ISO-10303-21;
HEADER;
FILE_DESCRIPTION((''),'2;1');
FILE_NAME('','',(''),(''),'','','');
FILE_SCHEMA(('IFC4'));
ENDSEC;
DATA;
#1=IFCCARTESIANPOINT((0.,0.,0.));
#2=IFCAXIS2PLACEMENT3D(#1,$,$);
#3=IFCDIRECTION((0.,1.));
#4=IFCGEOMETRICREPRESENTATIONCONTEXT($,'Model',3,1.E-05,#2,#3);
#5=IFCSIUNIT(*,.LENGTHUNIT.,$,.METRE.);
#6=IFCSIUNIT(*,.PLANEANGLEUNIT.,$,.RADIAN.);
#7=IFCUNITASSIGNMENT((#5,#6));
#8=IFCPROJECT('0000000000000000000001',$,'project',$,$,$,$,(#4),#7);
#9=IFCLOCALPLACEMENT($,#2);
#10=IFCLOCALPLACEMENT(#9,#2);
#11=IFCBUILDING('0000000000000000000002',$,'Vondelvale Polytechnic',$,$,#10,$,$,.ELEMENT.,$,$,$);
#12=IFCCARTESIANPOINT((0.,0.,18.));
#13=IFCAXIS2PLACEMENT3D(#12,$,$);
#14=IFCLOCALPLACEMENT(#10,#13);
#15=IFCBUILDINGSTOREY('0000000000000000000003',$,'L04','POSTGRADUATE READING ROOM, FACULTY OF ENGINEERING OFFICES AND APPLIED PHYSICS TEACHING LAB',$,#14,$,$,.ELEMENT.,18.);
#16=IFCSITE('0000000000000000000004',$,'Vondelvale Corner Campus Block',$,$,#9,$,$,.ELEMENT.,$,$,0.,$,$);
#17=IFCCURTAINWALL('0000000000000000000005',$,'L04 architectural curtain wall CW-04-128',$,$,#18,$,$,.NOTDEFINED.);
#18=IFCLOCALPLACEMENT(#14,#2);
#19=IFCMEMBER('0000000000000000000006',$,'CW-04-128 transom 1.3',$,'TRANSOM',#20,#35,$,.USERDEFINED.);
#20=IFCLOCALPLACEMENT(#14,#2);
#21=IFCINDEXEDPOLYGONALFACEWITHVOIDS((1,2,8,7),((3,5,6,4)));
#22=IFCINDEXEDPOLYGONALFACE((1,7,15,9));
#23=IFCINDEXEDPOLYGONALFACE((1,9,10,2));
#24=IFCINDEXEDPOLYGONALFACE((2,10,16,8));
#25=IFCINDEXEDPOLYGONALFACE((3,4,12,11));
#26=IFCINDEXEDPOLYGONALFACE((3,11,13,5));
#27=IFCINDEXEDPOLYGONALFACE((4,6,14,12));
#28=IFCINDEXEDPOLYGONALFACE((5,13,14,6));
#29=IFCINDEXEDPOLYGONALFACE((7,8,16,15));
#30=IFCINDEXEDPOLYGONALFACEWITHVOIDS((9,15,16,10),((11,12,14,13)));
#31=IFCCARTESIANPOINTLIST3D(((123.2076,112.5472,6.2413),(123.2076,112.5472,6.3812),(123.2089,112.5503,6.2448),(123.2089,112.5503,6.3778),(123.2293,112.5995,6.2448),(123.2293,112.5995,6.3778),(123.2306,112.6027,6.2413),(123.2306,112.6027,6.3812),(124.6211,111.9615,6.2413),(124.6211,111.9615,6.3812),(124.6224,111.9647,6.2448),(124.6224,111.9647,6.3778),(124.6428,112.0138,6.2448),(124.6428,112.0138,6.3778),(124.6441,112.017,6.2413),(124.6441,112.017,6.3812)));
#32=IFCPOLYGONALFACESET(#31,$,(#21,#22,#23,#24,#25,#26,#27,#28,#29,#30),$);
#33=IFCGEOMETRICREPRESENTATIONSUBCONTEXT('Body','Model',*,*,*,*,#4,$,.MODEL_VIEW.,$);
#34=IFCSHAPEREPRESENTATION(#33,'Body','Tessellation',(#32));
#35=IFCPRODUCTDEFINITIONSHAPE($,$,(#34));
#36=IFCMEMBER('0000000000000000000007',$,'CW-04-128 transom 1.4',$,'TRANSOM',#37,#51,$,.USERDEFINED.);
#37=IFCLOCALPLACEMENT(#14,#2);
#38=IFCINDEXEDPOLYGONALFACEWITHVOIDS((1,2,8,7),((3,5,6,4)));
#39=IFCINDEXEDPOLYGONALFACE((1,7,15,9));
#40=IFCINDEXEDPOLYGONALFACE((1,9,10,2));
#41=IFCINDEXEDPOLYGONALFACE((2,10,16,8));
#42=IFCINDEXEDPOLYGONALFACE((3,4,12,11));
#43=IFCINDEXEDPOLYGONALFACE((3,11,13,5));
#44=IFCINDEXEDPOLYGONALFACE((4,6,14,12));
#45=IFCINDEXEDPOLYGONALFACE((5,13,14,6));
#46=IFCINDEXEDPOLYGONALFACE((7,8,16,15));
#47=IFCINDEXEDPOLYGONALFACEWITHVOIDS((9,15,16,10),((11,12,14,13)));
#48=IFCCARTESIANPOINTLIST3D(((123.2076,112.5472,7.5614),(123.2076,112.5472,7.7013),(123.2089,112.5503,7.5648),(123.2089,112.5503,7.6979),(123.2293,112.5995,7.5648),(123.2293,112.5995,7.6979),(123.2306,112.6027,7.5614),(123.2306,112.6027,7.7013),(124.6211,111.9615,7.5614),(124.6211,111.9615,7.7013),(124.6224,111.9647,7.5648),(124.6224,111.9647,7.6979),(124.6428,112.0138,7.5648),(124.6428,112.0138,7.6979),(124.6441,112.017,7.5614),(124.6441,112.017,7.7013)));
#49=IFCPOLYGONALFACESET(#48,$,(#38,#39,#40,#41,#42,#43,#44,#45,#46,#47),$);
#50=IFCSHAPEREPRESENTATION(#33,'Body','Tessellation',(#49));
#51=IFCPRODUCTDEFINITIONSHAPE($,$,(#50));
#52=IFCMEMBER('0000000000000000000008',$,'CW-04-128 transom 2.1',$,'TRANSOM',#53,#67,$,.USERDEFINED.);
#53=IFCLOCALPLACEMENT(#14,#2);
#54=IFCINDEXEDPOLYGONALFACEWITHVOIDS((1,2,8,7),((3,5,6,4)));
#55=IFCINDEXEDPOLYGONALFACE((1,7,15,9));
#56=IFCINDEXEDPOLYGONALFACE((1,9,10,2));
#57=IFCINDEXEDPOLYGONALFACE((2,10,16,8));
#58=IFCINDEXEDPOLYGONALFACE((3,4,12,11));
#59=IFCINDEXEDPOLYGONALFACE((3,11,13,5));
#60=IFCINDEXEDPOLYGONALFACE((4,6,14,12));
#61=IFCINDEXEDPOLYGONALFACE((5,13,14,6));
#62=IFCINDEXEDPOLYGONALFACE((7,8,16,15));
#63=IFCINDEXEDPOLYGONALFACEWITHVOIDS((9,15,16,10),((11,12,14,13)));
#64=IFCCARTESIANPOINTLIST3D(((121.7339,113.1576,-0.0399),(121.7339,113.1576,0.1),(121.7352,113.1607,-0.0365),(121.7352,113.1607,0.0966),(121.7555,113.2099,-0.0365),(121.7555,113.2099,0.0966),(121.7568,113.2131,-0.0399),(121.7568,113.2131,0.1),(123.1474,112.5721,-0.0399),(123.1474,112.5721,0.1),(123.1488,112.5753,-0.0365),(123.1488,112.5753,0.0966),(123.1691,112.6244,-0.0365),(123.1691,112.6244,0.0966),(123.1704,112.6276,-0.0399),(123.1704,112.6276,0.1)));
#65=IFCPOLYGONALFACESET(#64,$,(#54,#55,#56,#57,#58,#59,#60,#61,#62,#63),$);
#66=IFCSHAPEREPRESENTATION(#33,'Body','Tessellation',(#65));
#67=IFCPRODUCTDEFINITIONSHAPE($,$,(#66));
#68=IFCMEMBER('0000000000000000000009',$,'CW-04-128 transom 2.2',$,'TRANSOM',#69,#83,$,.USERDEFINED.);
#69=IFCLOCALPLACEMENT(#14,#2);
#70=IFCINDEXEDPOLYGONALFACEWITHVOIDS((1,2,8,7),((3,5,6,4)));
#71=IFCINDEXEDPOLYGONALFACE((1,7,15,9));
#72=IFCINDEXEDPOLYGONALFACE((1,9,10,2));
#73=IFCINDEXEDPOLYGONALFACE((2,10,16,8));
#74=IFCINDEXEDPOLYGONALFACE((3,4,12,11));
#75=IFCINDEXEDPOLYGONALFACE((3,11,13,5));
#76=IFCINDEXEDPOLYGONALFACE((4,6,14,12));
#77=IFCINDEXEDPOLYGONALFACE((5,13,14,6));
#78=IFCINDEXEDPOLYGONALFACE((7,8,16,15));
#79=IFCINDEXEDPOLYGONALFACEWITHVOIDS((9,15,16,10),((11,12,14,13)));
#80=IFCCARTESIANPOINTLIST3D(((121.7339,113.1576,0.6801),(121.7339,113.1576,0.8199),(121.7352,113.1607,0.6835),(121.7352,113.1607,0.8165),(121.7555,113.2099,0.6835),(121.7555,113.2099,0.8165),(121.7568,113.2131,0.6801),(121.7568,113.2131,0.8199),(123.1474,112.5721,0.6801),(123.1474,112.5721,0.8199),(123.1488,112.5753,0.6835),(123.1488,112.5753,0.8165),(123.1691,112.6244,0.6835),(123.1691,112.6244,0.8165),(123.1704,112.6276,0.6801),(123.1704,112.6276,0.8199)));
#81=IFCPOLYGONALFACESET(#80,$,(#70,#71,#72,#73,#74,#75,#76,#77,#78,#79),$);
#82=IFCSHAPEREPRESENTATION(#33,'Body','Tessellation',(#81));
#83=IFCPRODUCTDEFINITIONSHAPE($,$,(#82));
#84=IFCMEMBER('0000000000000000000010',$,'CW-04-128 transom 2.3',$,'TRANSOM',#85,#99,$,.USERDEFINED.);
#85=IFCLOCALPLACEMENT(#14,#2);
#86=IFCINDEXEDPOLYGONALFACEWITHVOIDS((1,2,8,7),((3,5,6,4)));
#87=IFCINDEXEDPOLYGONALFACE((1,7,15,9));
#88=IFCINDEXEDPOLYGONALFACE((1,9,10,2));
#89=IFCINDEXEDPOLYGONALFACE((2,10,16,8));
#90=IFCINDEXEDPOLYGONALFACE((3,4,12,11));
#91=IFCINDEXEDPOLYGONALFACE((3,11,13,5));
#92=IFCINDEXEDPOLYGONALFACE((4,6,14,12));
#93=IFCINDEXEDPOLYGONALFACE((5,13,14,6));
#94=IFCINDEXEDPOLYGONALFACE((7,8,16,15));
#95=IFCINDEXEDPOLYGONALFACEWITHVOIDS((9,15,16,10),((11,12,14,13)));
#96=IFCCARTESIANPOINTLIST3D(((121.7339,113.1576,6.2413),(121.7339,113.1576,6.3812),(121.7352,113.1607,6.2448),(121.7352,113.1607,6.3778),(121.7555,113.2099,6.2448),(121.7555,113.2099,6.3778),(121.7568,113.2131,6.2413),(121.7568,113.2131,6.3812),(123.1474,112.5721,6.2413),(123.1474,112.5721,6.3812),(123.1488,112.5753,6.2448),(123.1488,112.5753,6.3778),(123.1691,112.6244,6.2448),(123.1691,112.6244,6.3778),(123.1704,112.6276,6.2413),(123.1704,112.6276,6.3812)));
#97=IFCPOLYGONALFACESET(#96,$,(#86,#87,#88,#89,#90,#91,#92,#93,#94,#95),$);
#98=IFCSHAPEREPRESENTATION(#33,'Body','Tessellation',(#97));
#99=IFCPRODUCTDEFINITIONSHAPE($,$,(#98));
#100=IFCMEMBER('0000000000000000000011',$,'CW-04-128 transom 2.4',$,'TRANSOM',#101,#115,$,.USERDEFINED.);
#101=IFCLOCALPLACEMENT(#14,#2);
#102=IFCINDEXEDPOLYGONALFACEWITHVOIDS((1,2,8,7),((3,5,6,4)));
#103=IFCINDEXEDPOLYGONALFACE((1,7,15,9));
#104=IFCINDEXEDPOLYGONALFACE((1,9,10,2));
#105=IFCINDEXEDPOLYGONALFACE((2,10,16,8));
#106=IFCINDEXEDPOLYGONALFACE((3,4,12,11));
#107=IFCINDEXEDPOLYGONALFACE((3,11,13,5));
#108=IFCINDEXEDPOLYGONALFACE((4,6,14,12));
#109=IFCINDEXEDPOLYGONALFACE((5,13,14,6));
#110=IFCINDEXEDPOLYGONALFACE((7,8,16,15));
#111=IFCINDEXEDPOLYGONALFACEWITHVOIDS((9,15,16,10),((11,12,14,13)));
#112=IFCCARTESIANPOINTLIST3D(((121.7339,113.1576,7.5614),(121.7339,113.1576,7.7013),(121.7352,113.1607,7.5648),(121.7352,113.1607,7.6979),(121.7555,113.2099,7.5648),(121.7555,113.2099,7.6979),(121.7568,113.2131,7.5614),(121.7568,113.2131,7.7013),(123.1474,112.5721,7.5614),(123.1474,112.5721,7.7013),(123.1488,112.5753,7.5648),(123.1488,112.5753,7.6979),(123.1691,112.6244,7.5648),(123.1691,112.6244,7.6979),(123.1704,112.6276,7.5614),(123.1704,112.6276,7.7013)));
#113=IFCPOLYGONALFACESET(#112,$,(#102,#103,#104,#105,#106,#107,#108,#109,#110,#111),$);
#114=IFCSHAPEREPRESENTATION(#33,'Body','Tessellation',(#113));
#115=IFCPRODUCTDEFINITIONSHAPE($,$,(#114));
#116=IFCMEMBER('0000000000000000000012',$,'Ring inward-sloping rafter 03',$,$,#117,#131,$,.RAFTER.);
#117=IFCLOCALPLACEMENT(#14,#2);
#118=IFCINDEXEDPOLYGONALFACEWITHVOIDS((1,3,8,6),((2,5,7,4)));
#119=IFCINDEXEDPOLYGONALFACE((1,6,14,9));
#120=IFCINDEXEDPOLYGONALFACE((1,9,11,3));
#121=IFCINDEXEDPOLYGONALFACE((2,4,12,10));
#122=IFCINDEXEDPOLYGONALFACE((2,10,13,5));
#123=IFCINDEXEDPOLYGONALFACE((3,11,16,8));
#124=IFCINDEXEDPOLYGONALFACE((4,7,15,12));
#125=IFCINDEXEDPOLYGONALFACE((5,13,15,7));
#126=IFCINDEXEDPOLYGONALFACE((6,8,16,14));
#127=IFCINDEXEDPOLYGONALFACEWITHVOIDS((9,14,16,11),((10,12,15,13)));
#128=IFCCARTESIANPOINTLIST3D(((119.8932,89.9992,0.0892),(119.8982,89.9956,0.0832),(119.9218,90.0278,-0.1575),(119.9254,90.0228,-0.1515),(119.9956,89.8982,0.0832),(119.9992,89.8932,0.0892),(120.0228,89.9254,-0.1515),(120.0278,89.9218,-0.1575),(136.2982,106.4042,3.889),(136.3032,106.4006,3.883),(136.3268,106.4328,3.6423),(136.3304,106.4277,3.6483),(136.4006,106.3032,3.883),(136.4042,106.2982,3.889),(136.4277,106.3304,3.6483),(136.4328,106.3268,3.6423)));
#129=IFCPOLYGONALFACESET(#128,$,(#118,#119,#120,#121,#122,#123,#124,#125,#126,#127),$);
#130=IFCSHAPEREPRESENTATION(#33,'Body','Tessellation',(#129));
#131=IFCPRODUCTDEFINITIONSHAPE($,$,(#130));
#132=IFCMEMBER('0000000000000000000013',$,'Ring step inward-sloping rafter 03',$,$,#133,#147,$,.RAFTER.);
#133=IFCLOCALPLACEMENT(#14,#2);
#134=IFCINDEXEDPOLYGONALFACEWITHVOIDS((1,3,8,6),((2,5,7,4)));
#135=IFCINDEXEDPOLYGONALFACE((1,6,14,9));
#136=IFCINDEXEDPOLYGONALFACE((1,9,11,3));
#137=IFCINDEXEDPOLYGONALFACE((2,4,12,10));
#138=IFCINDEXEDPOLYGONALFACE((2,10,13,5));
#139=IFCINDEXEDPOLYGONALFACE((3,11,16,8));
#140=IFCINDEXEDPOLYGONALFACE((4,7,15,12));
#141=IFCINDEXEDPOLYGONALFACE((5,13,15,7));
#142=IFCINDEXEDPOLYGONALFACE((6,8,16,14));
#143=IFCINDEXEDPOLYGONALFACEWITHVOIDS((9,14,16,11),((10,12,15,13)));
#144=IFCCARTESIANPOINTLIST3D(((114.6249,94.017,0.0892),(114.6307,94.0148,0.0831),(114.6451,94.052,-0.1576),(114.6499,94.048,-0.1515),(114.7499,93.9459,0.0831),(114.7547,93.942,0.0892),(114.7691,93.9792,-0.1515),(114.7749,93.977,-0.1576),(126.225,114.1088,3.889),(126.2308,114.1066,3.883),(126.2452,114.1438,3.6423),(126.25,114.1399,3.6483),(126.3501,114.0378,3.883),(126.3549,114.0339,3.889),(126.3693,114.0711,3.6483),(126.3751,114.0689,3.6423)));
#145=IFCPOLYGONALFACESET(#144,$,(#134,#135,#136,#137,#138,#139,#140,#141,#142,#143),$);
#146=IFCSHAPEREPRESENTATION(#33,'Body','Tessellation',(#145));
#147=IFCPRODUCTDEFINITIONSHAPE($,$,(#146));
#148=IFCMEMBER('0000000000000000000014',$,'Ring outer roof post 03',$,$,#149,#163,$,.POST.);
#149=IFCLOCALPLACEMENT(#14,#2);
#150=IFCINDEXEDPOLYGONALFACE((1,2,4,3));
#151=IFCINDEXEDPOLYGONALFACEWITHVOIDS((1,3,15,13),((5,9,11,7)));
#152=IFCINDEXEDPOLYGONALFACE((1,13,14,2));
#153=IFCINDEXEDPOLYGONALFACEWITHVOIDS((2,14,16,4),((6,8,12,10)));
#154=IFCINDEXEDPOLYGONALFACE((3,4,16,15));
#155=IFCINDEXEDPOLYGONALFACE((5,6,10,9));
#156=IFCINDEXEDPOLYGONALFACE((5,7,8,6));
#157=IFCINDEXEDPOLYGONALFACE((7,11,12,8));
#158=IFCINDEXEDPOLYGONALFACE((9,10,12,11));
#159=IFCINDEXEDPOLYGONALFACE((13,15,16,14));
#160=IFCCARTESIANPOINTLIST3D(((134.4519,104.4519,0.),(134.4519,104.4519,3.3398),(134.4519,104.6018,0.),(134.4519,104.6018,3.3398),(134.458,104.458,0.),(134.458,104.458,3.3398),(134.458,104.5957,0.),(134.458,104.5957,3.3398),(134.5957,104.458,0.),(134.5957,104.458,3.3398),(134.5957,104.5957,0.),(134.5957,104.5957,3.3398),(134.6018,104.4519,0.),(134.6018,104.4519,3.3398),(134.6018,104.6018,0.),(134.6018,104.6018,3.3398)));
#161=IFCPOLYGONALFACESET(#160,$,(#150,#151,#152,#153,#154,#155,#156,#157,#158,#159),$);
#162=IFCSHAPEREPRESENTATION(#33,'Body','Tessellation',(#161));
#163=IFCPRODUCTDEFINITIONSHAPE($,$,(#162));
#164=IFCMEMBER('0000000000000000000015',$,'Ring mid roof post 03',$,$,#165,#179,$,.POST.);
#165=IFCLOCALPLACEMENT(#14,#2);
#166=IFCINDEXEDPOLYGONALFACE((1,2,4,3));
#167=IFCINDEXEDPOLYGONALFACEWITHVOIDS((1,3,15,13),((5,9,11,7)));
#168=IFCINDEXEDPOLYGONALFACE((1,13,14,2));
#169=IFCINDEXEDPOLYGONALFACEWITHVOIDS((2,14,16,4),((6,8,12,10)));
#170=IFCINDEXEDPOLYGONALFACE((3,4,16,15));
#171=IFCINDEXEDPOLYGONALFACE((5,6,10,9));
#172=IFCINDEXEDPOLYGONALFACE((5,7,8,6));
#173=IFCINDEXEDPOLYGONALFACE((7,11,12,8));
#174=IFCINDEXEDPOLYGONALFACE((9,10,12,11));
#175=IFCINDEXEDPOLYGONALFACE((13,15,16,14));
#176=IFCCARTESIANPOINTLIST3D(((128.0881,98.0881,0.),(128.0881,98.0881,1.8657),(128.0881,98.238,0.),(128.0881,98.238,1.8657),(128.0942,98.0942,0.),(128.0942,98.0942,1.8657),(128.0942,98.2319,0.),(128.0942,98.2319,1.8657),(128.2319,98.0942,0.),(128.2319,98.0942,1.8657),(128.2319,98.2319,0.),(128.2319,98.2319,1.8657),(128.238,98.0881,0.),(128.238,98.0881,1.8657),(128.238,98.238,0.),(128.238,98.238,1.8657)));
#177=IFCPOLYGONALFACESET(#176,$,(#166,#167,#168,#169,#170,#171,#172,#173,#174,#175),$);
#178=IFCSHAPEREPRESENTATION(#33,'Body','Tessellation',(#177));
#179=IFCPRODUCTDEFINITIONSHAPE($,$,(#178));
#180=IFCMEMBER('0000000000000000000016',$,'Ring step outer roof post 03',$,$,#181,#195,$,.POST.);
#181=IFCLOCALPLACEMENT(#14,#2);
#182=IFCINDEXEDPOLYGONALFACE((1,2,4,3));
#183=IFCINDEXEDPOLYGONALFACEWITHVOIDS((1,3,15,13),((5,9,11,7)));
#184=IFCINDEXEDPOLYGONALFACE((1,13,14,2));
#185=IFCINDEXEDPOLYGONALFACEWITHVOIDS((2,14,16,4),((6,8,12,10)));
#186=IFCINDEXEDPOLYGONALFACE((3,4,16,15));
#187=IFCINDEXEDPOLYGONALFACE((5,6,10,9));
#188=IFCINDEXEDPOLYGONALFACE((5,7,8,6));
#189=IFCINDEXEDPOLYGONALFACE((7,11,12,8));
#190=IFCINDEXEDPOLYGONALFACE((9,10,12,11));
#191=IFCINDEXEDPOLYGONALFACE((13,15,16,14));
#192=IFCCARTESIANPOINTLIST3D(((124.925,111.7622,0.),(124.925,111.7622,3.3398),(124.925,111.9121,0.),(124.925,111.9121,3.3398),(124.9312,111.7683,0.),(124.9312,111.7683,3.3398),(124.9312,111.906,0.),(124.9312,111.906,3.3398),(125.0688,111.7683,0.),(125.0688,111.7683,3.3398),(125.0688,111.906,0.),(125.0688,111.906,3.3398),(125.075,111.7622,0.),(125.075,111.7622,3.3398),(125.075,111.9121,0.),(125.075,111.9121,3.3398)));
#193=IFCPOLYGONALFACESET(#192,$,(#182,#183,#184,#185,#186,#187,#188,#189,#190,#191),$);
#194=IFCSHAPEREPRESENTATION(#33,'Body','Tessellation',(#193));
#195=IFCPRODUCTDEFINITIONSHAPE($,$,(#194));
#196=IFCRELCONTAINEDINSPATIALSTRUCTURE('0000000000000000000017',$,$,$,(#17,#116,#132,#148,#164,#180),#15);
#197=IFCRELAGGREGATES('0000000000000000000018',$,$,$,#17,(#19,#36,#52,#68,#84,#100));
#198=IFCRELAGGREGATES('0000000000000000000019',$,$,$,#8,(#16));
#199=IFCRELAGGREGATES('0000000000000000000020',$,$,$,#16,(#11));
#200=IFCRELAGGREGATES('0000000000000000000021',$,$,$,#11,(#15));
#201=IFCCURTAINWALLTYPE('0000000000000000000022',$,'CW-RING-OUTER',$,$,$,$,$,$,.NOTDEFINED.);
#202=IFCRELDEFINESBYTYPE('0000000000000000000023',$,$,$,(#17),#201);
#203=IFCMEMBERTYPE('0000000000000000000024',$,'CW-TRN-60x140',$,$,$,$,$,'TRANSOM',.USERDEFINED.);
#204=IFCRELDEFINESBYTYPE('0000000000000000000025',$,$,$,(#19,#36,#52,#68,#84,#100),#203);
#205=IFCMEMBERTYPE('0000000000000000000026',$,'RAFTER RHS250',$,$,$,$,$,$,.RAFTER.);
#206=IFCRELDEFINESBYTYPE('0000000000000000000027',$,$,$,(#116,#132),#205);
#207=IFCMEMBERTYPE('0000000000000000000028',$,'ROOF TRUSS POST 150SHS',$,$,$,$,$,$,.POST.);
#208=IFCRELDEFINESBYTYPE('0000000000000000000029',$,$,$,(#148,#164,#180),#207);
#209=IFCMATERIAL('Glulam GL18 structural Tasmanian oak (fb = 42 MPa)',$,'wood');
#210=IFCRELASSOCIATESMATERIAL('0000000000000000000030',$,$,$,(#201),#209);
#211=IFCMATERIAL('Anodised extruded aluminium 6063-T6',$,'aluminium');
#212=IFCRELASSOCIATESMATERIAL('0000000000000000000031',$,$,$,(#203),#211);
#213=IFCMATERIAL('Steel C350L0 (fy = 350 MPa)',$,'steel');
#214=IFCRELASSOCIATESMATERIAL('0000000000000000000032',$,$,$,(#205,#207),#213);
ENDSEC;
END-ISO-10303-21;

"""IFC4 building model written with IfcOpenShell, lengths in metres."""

from ifc_helpers import new_model, si_unit, direction, frame, origin, origin_2d, place, context, subcontext, project, spatial, hollow_rectangle, extrude, material, material_profile, profile_set, type_object, element, aggregate, save


model = new_model("IFC4")

# Units and contexts
model_context = context("Model", 3, precision=1e-05, world=origin(), true_north=direction((0.0, 1.0)))
body_context = subcontext(model_context, "Body", "Model", "MODEL_VIEW")
ifc_project = project(units=[si_unit("LENGTHUNIT", "METRE"), si_unit("PLANEANGLEUNIT", "RADIAN")], contexts=[model_context])

# Site, building, storey
site_placement = place(None, origin())
site = spatial("IfcSite", under=ifc_project, at=site_placement, Name="Vondelvale Corner Campus Block", CompositionType="ELEMENT", RefElevation=0.0)
building_placement = place(site_placement, origin())
building = spatial("IfcBuilding", under=site, at=building_placement, Name="Vondelvale Polytechnic", CompositionType="ELEMENT")
storey_placement = place(building_placement, frame((0.0, 0.0, 18.0)))
storey = spatial("IfcBuildingStorey", under=building, at=storey_placement, Name="L04", Description="POSTGRADUATE READING ROOM, FACULTY OF ENGINEERING OFFICES AND APPLIED PHYSICS TEACHING LAB", CompositionType="ELEMENT", Elevation=18.0)

# Curtain wall, members
ifc_material_1 = material(Name="Glulam GL18 structural Tasmanian oak (fb = 42 MPa)", Category="wood")
curtain_wall_type = type_object("IfcCurtainWallType", Name="CW-RING-OUTER", PredefinedType="NOTDEFINED", material=ifc_material_1)
curtain_wall_placement = place(storey_placement, origin())
curtain_wall = element("IfcCurtainWall", 1, at=curtain_wall_placement, inside=storey, type_object=curtain_wall_type, Name="L04 architectural curtain wall CW-04-128", PredefinedType="NOTDEFINED")
ifc_material_2 = material(Name="Anodised extruded aluminium 6063-T6", Category="aluminium")
ifc_material_profile_1 = material_profile(ifc_material_2, hollow_rectangle(XDim=0.0601, YDim=0.1399, WallThickness=0.0034, at=origin_2d()), Name="CW-TRN-140x60")
ifc_profile_set_1 = profile_set([ifc_material_profile_1], Name="Anodised extruded aluminium 6063-T6")
member_type_1 = type_object("IfcMemberType", Name="CW-TRN-60x140", ElementType="TRANSOM", PredefinedType="USERDEFINED", material=ifc_profile_set_1)
member_1_placement = place(storey_placement, frame((124.6326, 111.9893, 6.3113), z_axis=(-0.92384, 0.382779, 0.0), x_axis=(-0.382779, -0.92384, 0.0)))
member_1 = element("IfcMember", 2, at=member_1_placement, type_object=member_type_1, Name="CW-04-128 transom 1.3", ObjectType="TRANSOM", PredefinedType="USERDEFINED", context=body_context, shape_type="SweptSolid", body=[
    extrude(hollow_rectangle(XDim=0.0601, YDim=0.1399, WallThickness=0.0034, at=origin_2d()), origin(), (0.0, 0.0, 1.0), 1.53),
])
member_2_placement = place(storey_placement, frame((124.6326, 111.9893, 7.6313), z_axis=(-0.92384, 0.382779, 0.0), x_axis=(-0.382779, -0.92384, 0.0)))
member_2 = element("IfcMember", 3, at=member_2_placement, type_object=member_type_1, Name="CW-04-128 transom 1.4", ObjectType="TRANSOM", PredefinedType="USERDEFINED", context=body_context, shape_type="SweptSolid", body=[
    extrude(hollow_rectangle(XDim=0.0601, YDim=0.1399, WallThickness=0.0034, at=origin_2d()), origin(), (0.0, 0.0, 1.0), 1.53),
])
member_3_placement = place(storey_placement, frame((123.1589, 112.5999, 0.03), z_axis=(-0.923896, 0.382643, 0.0), x_axis=(-0.382643, -0.923896, 0.0)))
member_3 = element("IfcMember", 4, at=member_3_placement, type_object=member_type_1, Name="CW-04-128 transom 2.1", ObjectType="TRANSOM", PredefinedType="USERDEFINED", context=body_context, shape_type="SweptSolid", body=[
    extrude(hollow_rectangle(XDim=0.0601, YDim=0.1399, WallThickness=0.0034, at=origin_2d()), origin(), (0.0, 0.0, 1.0), 1.53),
])
member_4_placement = place(storey_placement, frame((123.1589, 112.5999, 0.75), z_axis=(-0.923896, 0.382643, 0.0), x_axis=(-0.382643, -0.923896, 0.0)))
member_4 = element("IfcMember", 5, at=member_4_placement, type_object=member_type_1, Name="CW-04-128 transom 2.2", ObjectType="TRANSOM", PredefinedType="USERDEFINED", context=body_context, shape_type="SweptSolid", body=[
    extrude(hollow_rectangle(XDim=0.0601, YDim=0.1399, WallThickness=0.0034, at=origin_2d()), origin(), (0.0, 0.0, 1.0), 1.53),
])
member_5_placement = place(storey_placement, frame((123.1589, 112.5999, 6.3113), z_axis=(-0.923896, 0.382643, 0.0), x_axis=(-0.382643, -0.923896, 0.0)))
member_5 = element("IfcMember", 6, at=member_5_placement, type_object=member_type_1, Name="CW-04-128 transom 2.3", ObjectType="TRANSOM", PredefinedType="USERDEFINED", context=body_context, shape_type="SweptSolid", body=[
    extrude(hollow_rectangle(XDim=0.0601, YDim=0.1399, WallThickness=0.0034, at=origin_2d()), origin(), (0.0, 0.0, 1.0), 1.53),
])
member_6_placement = place(storey_placement, frame((123.1589, 112.5999, 7.6313), z_axis=(-0.923896, 0.382643, 0.0), x_axis=(-0.382643, -0.923896, 0.0)))
member_6 = element("IfcMember", 7, at=member_6_placement, type_object=member_type_1, Name="CW-04-128 transom 2.4", ObjectType="TRANSOM", PredefinedType="USERDEFINED", context=body_context, shape_type="SweptSolid", body=[
    extrude(hollow_rectangle(XDim=0.0601, YDim=0.1399, WallThickness=0.0034, at=origin_2d()), origin(), (0.0, 0.0, 1.0), 1.53),
])

# Members
ifc_material_3 = material(Name="Steel C350L0 (fy = 350 MPa)", Category="steel")
ifc_material_profile_2 = material_profile(ifc_material_3, hollow_rectangle(XDim=0.1499, YDim=0.25, WallThickness=0.0061, at=origin_2d()), Name="250x150x6.0RHS")
ifc_profile_set_2 = profile_set([ifc_material_profile_2], Name="Steel C350L0 (fy = 350 MPa)")
member_type_2 = type_object("IfcMemberType", Name="RAFTER RHS250", PredefinedType="RAFTER", material=ifc_profile_set_2)
for number, where, z_axis, x_axis, name in (
    (8, (136.3655, 106.3655, 3.7656), (-0.697809, -0.697809, -0.16163), (0.707107, -0.707107, 0.0), "Ring inward-sloping rafter 03"),
    (9, (126.3, 114.0889, 3.7656), (-0.493429, -0.854637, -0.161631), (0.866024, -0.500003, 0.0), "Ring step inward-sloping rafter 03"),
):
    element("IfcMember", number, at=place(storey_placement, frame(where, z_axis=z_axis, x_axis=x_axis)), inside=storey, type_object=member_type_2, Name=name, PredefinedType="RAFTER", context=body_context, shape_type="SweptSolid", body=[
        extrude(hollow_rectangle(XDim=0.1499, YDim=0.25, WallThickness=0.0061, at=origin_2d()), origin(), (0.0, 0.0, 1.0), 23.5093),
    ])
ifc_material_profile_3 = material_profile(ifc_material_3, hollow_rectangle(XDim=0.1499, YDim=0.1499, WallThickness=0.0061, at=origin_2d()), Name="150x150x6.0SHS")
ifc_profile_set_3 = profile_set([ifc_material_profile_3], Name="Steel C350L0 (fy = 350 MPa)")
member_type_3 = type_object("IfcMemberType", Name="ROOF TRUSS POST 150SHS", PredefinedType="POST", material=ifc_profile_set_3)
member_7_placement = place(storey_placement, frame((134.5269, 104.5269, 0.0), z_axis=(0.0, 0.0, 1.0), x_axis=(1.0, 0.0, 0.0)))
element("IfcMember", 10, at=member_7_placement, inside=storey, type_object=member_type_3, Name="Ring outer roof post 03", PredefinedType="POST", context=body_context, shape_type="SweptSolid", body=[
    extrude(hollow_rectangle(XDim=0.1499, YDim=0.1499, WallThickness=0.0061, at=origin_2d()), origin(), (0.0, 0.0, 1.0), 3.3398),
])
member_8_placement = place(storey_placement, frame((128.1631, 98.1631, 0.0), z_axis=(0.0, 0.0, 1.0), x_axis=(1.0, 0.0, 0.0)))
element("IfcMember", 11, at=member_8_placement, inside=storey, type_object=member_type_3, Name="Ring mid roof post 03", PredefinedType="POST", context=body_context, shape_type="SweptSolid", body=[
    extrude(hollow_rectangle(XDim=0.1499, YDim=0.1499, WallThickness=0.0061, at=origin_2d()), origin(), (0.0, 0.0, 1.0), 1.8657),
])
member_9_placement = place(storey_placement, frame((125.0, 111.8372, 0.0), z_axis=(0.0, 0.0, 1.0), x_axis=(1.0, 0.0, 0.0)))
element("IfcMember", 12, at=member_9_placement, inside=storey, type_object=member_type_3, Name="Ring step outer roof post 03", PredefinedType="POST", context=body_context, shape_type="SweptSolid", body=[
    extrude(hollow_rectangle(XDim=0.1499, YDim=0.1499, WallThickness=0.0061, at=origin_2d()), origin(), (0.0, 0.0, 1.0), 3.3398),
])

aggregate(curtain_wall, [member_1, member_2, member_3, member_4, member_5, member_6])

save(model, "model.ifc")
